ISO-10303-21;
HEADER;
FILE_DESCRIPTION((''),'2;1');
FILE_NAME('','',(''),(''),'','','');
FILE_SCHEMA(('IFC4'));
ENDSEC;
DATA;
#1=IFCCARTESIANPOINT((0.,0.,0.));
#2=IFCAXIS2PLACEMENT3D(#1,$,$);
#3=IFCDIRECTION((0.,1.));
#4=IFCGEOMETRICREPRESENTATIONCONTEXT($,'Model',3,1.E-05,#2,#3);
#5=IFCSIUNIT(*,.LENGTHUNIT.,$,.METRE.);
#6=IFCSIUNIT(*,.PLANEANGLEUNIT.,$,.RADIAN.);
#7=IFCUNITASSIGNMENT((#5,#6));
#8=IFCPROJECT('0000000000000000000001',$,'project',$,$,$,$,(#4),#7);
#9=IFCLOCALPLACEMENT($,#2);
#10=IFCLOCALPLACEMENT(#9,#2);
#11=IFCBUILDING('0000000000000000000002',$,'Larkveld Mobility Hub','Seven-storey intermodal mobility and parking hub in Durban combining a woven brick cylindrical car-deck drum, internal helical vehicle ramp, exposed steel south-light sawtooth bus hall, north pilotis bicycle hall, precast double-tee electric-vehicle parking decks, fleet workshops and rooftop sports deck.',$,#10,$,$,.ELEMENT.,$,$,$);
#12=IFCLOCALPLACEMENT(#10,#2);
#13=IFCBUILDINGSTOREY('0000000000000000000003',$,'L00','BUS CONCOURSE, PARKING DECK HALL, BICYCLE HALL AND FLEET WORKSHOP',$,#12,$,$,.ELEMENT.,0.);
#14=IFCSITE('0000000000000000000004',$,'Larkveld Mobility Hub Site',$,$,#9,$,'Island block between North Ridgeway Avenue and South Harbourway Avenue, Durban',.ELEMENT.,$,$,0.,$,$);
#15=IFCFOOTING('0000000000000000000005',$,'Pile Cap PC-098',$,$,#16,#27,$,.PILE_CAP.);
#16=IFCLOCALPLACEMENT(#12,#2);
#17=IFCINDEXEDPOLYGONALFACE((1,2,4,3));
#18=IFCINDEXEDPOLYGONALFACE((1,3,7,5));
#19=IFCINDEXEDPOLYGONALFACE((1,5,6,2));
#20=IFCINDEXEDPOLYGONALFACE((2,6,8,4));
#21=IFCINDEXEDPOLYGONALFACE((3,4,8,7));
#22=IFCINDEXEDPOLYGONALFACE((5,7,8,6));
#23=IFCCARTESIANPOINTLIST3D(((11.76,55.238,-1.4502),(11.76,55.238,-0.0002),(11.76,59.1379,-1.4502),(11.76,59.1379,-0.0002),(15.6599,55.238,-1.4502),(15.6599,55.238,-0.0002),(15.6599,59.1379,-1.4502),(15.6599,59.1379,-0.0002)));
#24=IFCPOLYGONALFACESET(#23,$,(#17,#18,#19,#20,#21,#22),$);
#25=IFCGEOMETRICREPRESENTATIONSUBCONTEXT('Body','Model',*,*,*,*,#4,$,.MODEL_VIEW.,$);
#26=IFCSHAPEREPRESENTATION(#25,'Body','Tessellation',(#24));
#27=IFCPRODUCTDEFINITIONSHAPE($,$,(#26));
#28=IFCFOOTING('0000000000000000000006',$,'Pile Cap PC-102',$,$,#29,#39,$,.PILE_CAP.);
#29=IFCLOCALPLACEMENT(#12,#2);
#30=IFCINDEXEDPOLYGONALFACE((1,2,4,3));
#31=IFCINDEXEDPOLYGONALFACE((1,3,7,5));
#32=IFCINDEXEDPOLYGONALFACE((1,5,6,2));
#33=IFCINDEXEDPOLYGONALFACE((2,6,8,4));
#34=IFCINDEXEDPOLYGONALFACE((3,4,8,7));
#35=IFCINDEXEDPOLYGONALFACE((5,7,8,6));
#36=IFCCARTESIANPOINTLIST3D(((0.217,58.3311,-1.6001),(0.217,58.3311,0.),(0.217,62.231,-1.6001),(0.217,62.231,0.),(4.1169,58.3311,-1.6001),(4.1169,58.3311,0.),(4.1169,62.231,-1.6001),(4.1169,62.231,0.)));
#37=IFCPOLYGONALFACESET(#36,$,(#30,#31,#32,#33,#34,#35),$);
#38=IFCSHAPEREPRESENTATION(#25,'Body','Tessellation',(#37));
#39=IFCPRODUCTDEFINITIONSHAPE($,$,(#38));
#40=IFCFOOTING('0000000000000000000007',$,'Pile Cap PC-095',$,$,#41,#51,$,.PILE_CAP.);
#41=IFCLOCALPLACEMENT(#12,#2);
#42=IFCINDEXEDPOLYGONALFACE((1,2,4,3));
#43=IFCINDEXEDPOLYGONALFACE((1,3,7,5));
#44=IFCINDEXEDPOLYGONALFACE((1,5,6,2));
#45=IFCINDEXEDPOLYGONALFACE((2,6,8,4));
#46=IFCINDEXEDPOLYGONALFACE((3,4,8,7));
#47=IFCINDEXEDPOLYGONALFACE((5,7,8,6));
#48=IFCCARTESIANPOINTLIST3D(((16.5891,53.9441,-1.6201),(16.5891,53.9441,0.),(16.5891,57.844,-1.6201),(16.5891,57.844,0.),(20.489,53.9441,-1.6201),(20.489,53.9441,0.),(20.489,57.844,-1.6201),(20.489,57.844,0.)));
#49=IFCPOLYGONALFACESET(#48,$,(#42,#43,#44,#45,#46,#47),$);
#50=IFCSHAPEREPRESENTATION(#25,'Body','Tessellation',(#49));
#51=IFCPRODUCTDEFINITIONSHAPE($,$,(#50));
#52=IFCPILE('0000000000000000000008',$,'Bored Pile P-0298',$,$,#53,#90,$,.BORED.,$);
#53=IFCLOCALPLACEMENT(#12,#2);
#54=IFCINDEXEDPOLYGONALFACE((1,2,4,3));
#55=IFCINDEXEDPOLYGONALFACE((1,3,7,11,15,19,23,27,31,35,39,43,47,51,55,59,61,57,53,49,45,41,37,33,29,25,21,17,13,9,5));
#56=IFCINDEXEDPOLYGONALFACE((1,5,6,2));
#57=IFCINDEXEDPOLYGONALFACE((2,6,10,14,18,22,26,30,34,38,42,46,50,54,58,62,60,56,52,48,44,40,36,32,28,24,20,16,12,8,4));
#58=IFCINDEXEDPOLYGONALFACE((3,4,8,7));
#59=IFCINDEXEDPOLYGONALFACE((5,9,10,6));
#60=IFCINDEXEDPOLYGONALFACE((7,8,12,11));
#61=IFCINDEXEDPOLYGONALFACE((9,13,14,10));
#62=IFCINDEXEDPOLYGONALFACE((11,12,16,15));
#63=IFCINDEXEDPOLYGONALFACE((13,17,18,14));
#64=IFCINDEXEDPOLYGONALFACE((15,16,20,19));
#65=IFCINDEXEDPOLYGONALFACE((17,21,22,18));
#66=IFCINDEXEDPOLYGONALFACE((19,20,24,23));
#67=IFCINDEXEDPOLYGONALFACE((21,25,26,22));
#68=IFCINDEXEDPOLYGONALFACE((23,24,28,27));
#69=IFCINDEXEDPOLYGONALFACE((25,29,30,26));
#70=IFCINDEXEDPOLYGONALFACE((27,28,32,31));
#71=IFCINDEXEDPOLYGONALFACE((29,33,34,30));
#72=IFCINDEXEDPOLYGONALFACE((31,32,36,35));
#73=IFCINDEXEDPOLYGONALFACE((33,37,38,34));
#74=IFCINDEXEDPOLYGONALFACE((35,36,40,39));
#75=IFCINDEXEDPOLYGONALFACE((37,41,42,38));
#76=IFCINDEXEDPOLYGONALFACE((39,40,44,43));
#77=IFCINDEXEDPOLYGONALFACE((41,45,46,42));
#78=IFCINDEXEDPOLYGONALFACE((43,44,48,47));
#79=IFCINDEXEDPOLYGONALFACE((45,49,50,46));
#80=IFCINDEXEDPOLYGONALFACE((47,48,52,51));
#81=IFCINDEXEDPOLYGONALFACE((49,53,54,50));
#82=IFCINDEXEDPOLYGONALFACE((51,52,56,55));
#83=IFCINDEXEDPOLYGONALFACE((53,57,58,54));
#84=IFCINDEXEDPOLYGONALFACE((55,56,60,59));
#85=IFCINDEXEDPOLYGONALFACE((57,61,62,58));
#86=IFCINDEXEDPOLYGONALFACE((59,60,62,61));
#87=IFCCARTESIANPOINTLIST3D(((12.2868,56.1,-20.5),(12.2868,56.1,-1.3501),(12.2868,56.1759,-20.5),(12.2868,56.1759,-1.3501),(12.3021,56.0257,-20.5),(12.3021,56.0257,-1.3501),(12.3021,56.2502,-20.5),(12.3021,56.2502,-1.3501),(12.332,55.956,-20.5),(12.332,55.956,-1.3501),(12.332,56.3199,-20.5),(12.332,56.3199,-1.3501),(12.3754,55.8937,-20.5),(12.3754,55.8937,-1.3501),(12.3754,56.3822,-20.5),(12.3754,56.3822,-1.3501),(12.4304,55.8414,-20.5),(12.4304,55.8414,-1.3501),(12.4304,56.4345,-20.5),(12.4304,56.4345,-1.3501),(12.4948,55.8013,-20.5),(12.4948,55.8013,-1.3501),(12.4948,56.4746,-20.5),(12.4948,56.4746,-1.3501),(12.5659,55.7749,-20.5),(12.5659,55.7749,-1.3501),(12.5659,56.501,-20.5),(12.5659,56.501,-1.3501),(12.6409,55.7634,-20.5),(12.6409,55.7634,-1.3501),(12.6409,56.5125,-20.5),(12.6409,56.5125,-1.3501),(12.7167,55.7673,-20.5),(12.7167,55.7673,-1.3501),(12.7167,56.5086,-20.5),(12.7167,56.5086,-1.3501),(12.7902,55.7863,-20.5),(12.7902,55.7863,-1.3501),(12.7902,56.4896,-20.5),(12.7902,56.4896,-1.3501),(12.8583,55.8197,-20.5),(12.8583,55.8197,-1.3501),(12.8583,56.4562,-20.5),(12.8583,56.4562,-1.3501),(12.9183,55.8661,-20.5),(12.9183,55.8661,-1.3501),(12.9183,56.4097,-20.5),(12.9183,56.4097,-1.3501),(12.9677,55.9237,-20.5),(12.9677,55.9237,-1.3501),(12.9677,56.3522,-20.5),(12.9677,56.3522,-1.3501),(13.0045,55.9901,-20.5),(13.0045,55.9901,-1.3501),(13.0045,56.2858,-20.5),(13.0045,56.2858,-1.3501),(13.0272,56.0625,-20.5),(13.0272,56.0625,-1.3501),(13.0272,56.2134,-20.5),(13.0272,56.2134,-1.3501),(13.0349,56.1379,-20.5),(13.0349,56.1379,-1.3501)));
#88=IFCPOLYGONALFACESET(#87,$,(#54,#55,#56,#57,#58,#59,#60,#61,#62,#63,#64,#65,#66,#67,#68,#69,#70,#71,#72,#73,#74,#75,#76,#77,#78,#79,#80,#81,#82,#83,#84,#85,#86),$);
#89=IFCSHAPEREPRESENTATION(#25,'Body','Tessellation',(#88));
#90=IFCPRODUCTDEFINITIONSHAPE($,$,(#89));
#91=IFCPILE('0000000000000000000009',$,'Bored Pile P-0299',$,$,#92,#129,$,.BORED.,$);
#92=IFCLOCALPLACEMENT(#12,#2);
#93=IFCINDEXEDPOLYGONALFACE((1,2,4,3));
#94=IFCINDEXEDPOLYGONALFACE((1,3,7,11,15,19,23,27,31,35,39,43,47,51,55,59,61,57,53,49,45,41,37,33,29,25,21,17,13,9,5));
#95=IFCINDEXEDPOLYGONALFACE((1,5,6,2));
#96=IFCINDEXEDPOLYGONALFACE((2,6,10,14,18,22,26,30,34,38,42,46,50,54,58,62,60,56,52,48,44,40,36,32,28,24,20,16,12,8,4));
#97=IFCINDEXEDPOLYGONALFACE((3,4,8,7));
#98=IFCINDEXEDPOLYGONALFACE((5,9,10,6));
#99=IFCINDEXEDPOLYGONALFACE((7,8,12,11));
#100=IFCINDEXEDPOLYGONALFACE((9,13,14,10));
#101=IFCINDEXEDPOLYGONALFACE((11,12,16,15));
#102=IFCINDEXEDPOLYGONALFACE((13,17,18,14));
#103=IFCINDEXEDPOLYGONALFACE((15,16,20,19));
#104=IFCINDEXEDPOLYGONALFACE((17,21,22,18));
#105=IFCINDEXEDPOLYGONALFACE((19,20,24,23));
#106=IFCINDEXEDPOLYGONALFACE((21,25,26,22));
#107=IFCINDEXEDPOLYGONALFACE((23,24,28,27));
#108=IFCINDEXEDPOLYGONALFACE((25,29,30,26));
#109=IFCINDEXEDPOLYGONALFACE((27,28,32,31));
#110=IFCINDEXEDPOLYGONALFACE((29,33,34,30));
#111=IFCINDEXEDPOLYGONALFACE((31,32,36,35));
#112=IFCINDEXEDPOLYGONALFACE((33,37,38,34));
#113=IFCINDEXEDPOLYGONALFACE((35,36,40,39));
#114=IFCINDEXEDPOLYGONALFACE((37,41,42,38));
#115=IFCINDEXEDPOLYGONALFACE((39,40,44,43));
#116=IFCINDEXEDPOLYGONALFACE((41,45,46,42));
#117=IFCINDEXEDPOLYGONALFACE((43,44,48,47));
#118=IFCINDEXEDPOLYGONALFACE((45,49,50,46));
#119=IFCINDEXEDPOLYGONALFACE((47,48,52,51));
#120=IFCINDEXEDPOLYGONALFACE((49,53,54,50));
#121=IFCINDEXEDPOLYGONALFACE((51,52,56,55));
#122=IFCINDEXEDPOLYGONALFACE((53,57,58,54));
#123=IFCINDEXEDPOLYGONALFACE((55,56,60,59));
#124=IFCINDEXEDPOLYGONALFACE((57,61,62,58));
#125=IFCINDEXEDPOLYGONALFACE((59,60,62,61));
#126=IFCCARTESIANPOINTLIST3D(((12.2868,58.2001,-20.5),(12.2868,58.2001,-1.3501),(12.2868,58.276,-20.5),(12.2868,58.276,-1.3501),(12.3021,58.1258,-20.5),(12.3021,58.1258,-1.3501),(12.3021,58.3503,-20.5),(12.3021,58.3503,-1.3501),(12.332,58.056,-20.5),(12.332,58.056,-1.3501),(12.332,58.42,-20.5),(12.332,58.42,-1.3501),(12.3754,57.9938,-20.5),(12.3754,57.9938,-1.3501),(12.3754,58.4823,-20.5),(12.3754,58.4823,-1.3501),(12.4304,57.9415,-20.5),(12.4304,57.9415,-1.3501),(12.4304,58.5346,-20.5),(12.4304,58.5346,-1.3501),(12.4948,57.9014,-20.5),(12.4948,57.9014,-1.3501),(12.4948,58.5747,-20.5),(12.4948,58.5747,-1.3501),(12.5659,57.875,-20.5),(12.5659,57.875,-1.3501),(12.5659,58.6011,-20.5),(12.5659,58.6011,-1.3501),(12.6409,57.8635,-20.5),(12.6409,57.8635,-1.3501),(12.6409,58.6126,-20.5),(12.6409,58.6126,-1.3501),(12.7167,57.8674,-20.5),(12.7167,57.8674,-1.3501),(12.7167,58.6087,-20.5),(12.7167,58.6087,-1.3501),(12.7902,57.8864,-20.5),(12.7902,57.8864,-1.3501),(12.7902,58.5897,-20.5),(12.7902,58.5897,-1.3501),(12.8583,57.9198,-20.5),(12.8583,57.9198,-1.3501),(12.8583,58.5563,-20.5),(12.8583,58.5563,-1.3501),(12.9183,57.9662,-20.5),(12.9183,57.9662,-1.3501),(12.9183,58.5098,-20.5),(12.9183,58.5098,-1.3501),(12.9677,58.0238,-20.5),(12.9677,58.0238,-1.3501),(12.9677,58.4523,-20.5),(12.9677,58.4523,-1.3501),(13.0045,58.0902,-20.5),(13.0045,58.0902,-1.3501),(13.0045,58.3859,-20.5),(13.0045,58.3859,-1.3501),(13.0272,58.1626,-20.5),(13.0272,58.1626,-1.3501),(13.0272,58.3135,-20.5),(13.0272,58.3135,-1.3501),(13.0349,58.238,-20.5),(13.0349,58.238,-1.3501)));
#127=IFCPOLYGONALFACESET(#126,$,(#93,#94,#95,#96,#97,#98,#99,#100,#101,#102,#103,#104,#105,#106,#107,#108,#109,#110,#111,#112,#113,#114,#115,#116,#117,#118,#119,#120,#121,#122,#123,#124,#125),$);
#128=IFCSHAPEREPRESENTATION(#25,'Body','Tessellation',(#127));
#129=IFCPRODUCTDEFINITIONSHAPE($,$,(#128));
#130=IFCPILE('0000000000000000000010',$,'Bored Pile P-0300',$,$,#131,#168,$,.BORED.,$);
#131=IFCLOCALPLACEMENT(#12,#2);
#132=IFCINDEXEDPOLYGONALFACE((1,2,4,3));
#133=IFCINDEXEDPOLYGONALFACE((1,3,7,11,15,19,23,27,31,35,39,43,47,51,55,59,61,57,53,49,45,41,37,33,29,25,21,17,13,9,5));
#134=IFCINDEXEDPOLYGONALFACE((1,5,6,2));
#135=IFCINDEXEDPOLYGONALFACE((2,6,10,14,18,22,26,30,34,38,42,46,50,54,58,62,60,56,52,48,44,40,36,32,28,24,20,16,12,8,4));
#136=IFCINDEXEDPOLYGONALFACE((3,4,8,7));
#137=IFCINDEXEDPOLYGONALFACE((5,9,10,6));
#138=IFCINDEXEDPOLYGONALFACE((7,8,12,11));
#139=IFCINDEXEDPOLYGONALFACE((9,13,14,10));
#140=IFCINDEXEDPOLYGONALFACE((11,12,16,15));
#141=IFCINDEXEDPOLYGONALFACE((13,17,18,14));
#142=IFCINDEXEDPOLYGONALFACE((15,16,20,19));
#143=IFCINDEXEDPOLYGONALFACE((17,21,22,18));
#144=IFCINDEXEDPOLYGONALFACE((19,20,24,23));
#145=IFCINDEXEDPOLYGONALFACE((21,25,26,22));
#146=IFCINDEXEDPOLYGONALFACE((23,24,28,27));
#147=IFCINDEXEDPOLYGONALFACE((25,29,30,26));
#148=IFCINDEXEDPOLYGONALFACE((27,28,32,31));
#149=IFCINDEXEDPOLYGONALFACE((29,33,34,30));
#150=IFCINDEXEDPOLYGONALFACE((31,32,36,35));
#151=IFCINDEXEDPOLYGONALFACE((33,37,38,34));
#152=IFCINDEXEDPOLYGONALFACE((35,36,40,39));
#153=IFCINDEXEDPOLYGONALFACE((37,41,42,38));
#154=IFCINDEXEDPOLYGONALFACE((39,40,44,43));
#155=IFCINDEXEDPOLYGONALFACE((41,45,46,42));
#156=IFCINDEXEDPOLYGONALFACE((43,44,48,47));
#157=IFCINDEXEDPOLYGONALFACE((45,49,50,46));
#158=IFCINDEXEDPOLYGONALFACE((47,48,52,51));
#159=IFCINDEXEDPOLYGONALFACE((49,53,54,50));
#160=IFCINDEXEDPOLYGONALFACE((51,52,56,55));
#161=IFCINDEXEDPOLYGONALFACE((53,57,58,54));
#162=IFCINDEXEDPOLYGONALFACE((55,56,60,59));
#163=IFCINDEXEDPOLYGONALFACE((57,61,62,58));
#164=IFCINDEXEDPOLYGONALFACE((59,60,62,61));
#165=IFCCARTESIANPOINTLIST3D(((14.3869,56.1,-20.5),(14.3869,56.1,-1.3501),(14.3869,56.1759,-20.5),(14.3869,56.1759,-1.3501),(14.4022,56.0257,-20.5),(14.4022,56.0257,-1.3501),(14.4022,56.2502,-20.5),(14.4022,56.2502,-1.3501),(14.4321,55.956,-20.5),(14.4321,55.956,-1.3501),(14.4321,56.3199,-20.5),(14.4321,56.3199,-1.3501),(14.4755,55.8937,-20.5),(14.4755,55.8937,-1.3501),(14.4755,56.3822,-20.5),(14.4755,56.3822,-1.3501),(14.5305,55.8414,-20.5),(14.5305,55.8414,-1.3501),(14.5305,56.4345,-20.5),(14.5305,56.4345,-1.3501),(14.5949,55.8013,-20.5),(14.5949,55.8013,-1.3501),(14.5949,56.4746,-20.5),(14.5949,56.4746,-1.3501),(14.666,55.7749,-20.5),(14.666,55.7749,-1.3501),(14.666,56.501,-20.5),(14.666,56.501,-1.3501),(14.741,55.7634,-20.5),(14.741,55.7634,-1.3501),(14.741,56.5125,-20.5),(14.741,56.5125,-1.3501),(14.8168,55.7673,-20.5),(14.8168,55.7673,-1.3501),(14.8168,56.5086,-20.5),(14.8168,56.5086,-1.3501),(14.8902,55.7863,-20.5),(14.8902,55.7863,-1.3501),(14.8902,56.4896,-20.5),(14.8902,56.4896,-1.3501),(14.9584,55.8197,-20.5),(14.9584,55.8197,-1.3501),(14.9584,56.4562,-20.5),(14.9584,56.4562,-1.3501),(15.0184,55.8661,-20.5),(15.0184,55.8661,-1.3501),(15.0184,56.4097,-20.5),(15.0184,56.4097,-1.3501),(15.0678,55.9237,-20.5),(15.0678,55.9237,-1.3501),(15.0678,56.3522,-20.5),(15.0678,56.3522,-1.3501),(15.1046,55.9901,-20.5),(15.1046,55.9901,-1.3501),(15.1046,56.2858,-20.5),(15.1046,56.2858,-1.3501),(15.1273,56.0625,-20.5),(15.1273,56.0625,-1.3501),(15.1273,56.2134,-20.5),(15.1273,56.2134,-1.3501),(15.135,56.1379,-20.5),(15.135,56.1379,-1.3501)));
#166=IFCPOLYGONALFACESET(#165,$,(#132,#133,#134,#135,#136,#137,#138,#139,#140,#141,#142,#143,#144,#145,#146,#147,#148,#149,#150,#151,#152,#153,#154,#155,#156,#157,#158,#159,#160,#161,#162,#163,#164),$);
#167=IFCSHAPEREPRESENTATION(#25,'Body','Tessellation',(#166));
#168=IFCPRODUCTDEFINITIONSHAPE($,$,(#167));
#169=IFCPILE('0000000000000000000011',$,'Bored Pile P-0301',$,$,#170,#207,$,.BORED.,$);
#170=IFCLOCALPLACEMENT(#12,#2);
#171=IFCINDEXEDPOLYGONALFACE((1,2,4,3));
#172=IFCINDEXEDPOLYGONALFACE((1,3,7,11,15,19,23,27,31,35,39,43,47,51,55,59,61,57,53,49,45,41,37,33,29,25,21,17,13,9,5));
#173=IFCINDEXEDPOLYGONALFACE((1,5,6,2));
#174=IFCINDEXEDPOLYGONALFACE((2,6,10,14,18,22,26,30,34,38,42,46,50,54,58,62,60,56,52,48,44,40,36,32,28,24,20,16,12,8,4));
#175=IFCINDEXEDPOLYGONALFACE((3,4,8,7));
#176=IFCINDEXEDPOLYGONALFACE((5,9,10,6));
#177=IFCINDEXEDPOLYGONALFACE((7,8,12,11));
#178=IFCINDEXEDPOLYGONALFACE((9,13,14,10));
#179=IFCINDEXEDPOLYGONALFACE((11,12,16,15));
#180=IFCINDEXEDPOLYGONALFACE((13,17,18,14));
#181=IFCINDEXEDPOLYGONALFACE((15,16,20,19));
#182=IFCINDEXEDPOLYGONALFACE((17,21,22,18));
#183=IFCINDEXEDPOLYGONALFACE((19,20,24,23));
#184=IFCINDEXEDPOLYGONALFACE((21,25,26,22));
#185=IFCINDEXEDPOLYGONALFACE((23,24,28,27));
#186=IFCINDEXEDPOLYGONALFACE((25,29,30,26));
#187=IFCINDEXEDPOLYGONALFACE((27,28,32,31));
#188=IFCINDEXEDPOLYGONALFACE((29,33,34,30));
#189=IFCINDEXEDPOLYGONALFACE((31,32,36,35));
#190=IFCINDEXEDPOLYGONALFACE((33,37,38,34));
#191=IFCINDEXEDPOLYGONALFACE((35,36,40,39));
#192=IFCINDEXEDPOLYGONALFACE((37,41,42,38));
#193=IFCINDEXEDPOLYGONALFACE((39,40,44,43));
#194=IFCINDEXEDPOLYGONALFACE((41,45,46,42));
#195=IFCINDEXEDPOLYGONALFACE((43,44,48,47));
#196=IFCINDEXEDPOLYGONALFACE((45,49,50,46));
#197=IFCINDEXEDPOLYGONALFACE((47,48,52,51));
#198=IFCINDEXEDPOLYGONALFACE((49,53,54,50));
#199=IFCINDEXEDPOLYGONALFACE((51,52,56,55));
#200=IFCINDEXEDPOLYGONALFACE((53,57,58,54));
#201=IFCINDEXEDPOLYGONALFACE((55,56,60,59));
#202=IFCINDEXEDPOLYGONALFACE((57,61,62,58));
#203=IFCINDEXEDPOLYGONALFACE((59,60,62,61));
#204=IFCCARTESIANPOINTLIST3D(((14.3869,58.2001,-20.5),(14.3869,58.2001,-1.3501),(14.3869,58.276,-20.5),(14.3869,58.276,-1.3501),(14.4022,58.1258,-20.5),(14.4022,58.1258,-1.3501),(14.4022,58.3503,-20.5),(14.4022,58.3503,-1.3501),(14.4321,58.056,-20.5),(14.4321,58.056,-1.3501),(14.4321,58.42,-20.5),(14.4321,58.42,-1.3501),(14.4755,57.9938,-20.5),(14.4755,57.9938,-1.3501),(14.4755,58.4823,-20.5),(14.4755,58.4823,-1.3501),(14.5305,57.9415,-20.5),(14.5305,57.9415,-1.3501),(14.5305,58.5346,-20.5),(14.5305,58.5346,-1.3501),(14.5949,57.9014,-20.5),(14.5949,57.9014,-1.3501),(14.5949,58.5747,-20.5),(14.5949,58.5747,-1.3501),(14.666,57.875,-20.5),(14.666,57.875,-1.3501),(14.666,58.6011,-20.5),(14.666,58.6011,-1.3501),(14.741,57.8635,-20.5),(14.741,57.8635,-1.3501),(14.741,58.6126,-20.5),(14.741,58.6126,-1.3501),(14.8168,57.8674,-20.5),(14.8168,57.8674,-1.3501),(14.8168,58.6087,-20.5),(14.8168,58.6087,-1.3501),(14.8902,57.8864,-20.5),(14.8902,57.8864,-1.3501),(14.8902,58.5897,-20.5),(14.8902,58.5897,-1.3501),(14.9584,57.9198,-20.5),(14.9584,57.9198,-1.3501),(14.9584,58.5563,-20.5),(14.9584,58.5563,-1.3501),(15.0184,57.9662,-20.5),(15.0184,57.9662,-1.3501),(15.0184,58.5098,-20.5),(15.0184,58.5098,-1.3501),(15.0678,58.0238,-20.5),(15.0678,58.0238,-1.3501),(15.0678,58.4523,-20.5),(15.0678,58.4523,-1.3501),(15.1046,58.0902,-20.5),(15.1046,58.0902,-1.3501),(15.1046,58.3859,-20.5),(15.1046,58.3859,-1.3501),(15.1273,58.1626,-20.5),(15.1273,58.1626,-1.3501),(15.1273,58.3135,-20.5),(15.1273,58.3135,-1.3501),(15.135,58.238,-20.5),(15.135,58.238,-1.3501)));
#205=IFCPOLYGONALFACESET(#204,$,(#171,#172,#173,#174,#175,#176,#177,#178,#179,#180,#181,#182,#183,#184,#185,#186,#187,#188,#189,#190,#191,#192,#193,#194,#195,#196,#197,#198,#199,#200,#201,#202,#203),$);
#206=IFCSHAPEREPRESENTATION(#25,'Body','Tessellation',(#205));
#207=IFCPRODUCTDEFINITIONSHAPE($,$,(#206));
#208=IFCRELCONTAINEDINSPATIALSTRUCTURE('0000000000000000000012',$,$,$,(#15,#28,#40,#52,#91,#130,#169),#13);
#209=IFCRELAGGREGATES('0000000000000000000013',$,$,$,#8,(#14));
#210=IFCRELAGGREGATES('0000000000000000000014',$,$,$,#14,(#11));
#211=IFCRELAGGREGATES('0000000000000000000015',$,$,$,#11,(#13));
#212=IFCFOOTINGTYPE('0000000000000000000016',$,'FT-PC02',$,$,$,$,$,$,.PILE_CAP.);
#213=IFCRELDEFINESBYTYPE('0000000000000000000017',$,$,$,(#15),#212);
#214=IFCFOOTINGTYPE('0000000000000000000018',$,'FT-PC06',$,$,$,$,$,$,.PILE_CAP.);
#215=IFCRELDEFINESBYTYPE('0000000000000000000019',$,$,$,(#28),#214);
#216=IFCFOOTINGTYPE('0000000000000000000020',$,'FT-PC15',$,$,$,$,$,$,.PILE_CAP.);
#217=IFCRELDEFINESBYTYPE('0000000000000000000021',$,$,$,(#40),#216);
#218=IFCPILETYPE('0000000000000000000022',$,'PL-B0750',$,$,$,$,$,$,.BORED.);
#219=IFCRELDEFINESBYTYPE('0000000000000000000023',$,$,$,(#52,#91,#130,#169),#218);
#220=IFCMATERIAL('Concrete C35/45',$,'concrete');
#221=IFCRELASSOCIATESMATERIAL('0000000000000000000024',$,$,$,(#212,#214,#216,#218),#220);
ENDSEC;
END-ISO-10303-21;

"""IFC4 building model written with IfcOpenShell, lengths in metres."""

from ifc_helpers import new_model, si_unit, direction, frame, origin, origin_2d, place, context, subcontext, project, spatial, rectangle, circle, extrude, material, material_profile, profile_set, type_object, element, save


model = new_model("IFC4")

# Units and contexts
model_context = context("Model", 3, precision=1e-05, world=origin(), true_north=direction((0.0, 1.0)))
body_context = subcontext(model_context, "Body", "Model", "MODEL_VIEW")
ifc_project = project(units=[si_unit("LENGTHUNIT", "METRE"), si_unit("PLANEANGLEUNIT", "RADIAN")], contexts=[model_context])

# Site, building, storey
site_placement = place(None, origin())
site = spatial("IfcSite", under=ifc_project, at=site_placement, Name="Larkveld Mobility Hub Site", LongName="Island block between North Ridgeway Avenue and South Harbourway Avenue, Durban", CompositionType="ELEMENT", RefElevation=0.0)
building_placement = place(site_placement, origin())
building = spatial("IfcBuilding", under=site, at=building_placement, Name="Larkveld Mobility Hub", Description="Seven-storey intermodal mobility and parking hub in Durban combining a woven brick cylindrical car-deck drum, internal helical vehicle ramp, exposed steel south-light sawtooth bus hall, north pilotis bicycle hall, precast double-tee electric-vehicle parking decks, fleet workshops and rooftop sports deck.", CompositionType="ELEMENT")
storey_placement = place(building_placement, origin())
storey = spatial("IfcBuildingStorey", under=building, at=storey_placement, Name="L00", Description="BUS CONCOURSE, PARKING DECK HALL, BICYCLE HALL AND FLEET WORKSHOP", CompositionType="ELEMENT", Elevation=0.0)

# Footings
ifc_material_1 = material(Name="Concrete C35/45", Category="concrete")
footing_type_1 = type_object("IfcFootingType", Name="FT-PC02", PredefinedType="PILE_CAP", material=ifc_material_1)
footing_1_placement = place(storey_placement, frame((13.71, 57.188, -1.4502), z_axis=(0.0, 0.0, 1.0), x_axis=(1.0, 0.0, 0.0)))
element("IfcFooting", 1, at=footing_1_placement, inside=storey, type_object=footing_type_1, Name="Pile Cap PC-098", PredefinedType="PILE_CAP", context=body_context, shape_type="SweptSolid", body=[
    extrude(rectangle(XDim=3.8999, YDim=3.8999, at=origin_2d()), origin(), (0.0, 0.0, 1.0), 1.45),
])
footing_type_2 = type_object("IfcFootingType", Name="FT-PC06", PredefinedType="PILE_CAP", material=ifc_material_1)
footing_2_placement = place(storey_placement, frame((2.167, 60.281, -1.6001), z_axis=(0.0, 0.0, 1.0), x_axis=(1.0, 0.0, 0.0)))
element("IfcFooting", 2, at=footing_2_placement, inside=storey, type_object=footing_type_2, Name="Pile Cap PC-102", PredefinedType="PILE_CAP", context=body_context, shape_type="SweptSolid", body=[
    extrude(rectangle(XDim=3.8999, YDim=3.8999, at=origin_2d()), origin(), (0.0, 0.0, 1.0), 1.6001),
])
footing_type_3 = type_object("IfcFootingType", Name="FT-PC15", PredefinedType="PILE_CAP", material=ifc_material_1)
footing_3_placement = place(storey_placement, frame((18.5391, 55.894, -1.6201), z_axis=(0.0, 0.0, 1.0), x_axis=(1.0, 0.0, 0.0)))
element("IfcFooting", 3, at=footing_3_placement, inside=storey, type_object=footing_type_3, Name="Pile Cap PC-095", PredefinedType="PILE_CAP", context=body_context, shape_type="SweptSolid", body=[
    extrude(rectangle(XDim=3.8999, YDim=3.8999, at=origin_2d()), origin(), (0.0, 0.0, 1.0), 1.6201),
])

# Piles
ifc_material_profile_1 = material_profile(ifc_material_1, circle(Radius=0.375, at=origin_2d()), Name="PILE D750")
ifc_profile_set_1 = profile_set([ifc_material_profile_1], Name="Concrete C35/45")
pile_type = type_object("IfcPileType", Name="PL-B0750", PredefinedType="BORED", material=ifc_profile_set_1)
for number, where, z_axis, x_axis, name in (
    (4, (12.6599, 56.1379, -1.3501), (0.0, 0.0, -1.0), (1.0, 0.0, 0.0), "Bored Pile P-0298"),
    (5, (12.6599, 58.238, -1.3501), (0.0, 0.0, -1.0), (1.0, 0.0, 0.0), "Bored Pile P-0299"),
    (6, (14.76, 56.1379, -1.3501), (0.0, 0.0, -1.0), (1.0, 0.0, 0.0), "Bored Pile P-0300"),
    (7, (14.76, 58.238, -1.3501), (0.0, 0.0, -1.0), (1.0, 0.0, 0.0), "Bored Pile P-0301"),
):
    element("IfcPile", number, at=place(storey_placement, frame(where, z_axis=z_axis, x_axis=x_axis)), inside=storey, type_object=pile_type, Name=name, PredefinedType="BORED", context=body_context, shape_type="SweptSolid", body=[
        extrude(circle(Radius=0.375, at=origin_2d()), origin(), (0.0, 0.0, 1.0), 19.1499),
    ])

save(model, "model.ifc")
